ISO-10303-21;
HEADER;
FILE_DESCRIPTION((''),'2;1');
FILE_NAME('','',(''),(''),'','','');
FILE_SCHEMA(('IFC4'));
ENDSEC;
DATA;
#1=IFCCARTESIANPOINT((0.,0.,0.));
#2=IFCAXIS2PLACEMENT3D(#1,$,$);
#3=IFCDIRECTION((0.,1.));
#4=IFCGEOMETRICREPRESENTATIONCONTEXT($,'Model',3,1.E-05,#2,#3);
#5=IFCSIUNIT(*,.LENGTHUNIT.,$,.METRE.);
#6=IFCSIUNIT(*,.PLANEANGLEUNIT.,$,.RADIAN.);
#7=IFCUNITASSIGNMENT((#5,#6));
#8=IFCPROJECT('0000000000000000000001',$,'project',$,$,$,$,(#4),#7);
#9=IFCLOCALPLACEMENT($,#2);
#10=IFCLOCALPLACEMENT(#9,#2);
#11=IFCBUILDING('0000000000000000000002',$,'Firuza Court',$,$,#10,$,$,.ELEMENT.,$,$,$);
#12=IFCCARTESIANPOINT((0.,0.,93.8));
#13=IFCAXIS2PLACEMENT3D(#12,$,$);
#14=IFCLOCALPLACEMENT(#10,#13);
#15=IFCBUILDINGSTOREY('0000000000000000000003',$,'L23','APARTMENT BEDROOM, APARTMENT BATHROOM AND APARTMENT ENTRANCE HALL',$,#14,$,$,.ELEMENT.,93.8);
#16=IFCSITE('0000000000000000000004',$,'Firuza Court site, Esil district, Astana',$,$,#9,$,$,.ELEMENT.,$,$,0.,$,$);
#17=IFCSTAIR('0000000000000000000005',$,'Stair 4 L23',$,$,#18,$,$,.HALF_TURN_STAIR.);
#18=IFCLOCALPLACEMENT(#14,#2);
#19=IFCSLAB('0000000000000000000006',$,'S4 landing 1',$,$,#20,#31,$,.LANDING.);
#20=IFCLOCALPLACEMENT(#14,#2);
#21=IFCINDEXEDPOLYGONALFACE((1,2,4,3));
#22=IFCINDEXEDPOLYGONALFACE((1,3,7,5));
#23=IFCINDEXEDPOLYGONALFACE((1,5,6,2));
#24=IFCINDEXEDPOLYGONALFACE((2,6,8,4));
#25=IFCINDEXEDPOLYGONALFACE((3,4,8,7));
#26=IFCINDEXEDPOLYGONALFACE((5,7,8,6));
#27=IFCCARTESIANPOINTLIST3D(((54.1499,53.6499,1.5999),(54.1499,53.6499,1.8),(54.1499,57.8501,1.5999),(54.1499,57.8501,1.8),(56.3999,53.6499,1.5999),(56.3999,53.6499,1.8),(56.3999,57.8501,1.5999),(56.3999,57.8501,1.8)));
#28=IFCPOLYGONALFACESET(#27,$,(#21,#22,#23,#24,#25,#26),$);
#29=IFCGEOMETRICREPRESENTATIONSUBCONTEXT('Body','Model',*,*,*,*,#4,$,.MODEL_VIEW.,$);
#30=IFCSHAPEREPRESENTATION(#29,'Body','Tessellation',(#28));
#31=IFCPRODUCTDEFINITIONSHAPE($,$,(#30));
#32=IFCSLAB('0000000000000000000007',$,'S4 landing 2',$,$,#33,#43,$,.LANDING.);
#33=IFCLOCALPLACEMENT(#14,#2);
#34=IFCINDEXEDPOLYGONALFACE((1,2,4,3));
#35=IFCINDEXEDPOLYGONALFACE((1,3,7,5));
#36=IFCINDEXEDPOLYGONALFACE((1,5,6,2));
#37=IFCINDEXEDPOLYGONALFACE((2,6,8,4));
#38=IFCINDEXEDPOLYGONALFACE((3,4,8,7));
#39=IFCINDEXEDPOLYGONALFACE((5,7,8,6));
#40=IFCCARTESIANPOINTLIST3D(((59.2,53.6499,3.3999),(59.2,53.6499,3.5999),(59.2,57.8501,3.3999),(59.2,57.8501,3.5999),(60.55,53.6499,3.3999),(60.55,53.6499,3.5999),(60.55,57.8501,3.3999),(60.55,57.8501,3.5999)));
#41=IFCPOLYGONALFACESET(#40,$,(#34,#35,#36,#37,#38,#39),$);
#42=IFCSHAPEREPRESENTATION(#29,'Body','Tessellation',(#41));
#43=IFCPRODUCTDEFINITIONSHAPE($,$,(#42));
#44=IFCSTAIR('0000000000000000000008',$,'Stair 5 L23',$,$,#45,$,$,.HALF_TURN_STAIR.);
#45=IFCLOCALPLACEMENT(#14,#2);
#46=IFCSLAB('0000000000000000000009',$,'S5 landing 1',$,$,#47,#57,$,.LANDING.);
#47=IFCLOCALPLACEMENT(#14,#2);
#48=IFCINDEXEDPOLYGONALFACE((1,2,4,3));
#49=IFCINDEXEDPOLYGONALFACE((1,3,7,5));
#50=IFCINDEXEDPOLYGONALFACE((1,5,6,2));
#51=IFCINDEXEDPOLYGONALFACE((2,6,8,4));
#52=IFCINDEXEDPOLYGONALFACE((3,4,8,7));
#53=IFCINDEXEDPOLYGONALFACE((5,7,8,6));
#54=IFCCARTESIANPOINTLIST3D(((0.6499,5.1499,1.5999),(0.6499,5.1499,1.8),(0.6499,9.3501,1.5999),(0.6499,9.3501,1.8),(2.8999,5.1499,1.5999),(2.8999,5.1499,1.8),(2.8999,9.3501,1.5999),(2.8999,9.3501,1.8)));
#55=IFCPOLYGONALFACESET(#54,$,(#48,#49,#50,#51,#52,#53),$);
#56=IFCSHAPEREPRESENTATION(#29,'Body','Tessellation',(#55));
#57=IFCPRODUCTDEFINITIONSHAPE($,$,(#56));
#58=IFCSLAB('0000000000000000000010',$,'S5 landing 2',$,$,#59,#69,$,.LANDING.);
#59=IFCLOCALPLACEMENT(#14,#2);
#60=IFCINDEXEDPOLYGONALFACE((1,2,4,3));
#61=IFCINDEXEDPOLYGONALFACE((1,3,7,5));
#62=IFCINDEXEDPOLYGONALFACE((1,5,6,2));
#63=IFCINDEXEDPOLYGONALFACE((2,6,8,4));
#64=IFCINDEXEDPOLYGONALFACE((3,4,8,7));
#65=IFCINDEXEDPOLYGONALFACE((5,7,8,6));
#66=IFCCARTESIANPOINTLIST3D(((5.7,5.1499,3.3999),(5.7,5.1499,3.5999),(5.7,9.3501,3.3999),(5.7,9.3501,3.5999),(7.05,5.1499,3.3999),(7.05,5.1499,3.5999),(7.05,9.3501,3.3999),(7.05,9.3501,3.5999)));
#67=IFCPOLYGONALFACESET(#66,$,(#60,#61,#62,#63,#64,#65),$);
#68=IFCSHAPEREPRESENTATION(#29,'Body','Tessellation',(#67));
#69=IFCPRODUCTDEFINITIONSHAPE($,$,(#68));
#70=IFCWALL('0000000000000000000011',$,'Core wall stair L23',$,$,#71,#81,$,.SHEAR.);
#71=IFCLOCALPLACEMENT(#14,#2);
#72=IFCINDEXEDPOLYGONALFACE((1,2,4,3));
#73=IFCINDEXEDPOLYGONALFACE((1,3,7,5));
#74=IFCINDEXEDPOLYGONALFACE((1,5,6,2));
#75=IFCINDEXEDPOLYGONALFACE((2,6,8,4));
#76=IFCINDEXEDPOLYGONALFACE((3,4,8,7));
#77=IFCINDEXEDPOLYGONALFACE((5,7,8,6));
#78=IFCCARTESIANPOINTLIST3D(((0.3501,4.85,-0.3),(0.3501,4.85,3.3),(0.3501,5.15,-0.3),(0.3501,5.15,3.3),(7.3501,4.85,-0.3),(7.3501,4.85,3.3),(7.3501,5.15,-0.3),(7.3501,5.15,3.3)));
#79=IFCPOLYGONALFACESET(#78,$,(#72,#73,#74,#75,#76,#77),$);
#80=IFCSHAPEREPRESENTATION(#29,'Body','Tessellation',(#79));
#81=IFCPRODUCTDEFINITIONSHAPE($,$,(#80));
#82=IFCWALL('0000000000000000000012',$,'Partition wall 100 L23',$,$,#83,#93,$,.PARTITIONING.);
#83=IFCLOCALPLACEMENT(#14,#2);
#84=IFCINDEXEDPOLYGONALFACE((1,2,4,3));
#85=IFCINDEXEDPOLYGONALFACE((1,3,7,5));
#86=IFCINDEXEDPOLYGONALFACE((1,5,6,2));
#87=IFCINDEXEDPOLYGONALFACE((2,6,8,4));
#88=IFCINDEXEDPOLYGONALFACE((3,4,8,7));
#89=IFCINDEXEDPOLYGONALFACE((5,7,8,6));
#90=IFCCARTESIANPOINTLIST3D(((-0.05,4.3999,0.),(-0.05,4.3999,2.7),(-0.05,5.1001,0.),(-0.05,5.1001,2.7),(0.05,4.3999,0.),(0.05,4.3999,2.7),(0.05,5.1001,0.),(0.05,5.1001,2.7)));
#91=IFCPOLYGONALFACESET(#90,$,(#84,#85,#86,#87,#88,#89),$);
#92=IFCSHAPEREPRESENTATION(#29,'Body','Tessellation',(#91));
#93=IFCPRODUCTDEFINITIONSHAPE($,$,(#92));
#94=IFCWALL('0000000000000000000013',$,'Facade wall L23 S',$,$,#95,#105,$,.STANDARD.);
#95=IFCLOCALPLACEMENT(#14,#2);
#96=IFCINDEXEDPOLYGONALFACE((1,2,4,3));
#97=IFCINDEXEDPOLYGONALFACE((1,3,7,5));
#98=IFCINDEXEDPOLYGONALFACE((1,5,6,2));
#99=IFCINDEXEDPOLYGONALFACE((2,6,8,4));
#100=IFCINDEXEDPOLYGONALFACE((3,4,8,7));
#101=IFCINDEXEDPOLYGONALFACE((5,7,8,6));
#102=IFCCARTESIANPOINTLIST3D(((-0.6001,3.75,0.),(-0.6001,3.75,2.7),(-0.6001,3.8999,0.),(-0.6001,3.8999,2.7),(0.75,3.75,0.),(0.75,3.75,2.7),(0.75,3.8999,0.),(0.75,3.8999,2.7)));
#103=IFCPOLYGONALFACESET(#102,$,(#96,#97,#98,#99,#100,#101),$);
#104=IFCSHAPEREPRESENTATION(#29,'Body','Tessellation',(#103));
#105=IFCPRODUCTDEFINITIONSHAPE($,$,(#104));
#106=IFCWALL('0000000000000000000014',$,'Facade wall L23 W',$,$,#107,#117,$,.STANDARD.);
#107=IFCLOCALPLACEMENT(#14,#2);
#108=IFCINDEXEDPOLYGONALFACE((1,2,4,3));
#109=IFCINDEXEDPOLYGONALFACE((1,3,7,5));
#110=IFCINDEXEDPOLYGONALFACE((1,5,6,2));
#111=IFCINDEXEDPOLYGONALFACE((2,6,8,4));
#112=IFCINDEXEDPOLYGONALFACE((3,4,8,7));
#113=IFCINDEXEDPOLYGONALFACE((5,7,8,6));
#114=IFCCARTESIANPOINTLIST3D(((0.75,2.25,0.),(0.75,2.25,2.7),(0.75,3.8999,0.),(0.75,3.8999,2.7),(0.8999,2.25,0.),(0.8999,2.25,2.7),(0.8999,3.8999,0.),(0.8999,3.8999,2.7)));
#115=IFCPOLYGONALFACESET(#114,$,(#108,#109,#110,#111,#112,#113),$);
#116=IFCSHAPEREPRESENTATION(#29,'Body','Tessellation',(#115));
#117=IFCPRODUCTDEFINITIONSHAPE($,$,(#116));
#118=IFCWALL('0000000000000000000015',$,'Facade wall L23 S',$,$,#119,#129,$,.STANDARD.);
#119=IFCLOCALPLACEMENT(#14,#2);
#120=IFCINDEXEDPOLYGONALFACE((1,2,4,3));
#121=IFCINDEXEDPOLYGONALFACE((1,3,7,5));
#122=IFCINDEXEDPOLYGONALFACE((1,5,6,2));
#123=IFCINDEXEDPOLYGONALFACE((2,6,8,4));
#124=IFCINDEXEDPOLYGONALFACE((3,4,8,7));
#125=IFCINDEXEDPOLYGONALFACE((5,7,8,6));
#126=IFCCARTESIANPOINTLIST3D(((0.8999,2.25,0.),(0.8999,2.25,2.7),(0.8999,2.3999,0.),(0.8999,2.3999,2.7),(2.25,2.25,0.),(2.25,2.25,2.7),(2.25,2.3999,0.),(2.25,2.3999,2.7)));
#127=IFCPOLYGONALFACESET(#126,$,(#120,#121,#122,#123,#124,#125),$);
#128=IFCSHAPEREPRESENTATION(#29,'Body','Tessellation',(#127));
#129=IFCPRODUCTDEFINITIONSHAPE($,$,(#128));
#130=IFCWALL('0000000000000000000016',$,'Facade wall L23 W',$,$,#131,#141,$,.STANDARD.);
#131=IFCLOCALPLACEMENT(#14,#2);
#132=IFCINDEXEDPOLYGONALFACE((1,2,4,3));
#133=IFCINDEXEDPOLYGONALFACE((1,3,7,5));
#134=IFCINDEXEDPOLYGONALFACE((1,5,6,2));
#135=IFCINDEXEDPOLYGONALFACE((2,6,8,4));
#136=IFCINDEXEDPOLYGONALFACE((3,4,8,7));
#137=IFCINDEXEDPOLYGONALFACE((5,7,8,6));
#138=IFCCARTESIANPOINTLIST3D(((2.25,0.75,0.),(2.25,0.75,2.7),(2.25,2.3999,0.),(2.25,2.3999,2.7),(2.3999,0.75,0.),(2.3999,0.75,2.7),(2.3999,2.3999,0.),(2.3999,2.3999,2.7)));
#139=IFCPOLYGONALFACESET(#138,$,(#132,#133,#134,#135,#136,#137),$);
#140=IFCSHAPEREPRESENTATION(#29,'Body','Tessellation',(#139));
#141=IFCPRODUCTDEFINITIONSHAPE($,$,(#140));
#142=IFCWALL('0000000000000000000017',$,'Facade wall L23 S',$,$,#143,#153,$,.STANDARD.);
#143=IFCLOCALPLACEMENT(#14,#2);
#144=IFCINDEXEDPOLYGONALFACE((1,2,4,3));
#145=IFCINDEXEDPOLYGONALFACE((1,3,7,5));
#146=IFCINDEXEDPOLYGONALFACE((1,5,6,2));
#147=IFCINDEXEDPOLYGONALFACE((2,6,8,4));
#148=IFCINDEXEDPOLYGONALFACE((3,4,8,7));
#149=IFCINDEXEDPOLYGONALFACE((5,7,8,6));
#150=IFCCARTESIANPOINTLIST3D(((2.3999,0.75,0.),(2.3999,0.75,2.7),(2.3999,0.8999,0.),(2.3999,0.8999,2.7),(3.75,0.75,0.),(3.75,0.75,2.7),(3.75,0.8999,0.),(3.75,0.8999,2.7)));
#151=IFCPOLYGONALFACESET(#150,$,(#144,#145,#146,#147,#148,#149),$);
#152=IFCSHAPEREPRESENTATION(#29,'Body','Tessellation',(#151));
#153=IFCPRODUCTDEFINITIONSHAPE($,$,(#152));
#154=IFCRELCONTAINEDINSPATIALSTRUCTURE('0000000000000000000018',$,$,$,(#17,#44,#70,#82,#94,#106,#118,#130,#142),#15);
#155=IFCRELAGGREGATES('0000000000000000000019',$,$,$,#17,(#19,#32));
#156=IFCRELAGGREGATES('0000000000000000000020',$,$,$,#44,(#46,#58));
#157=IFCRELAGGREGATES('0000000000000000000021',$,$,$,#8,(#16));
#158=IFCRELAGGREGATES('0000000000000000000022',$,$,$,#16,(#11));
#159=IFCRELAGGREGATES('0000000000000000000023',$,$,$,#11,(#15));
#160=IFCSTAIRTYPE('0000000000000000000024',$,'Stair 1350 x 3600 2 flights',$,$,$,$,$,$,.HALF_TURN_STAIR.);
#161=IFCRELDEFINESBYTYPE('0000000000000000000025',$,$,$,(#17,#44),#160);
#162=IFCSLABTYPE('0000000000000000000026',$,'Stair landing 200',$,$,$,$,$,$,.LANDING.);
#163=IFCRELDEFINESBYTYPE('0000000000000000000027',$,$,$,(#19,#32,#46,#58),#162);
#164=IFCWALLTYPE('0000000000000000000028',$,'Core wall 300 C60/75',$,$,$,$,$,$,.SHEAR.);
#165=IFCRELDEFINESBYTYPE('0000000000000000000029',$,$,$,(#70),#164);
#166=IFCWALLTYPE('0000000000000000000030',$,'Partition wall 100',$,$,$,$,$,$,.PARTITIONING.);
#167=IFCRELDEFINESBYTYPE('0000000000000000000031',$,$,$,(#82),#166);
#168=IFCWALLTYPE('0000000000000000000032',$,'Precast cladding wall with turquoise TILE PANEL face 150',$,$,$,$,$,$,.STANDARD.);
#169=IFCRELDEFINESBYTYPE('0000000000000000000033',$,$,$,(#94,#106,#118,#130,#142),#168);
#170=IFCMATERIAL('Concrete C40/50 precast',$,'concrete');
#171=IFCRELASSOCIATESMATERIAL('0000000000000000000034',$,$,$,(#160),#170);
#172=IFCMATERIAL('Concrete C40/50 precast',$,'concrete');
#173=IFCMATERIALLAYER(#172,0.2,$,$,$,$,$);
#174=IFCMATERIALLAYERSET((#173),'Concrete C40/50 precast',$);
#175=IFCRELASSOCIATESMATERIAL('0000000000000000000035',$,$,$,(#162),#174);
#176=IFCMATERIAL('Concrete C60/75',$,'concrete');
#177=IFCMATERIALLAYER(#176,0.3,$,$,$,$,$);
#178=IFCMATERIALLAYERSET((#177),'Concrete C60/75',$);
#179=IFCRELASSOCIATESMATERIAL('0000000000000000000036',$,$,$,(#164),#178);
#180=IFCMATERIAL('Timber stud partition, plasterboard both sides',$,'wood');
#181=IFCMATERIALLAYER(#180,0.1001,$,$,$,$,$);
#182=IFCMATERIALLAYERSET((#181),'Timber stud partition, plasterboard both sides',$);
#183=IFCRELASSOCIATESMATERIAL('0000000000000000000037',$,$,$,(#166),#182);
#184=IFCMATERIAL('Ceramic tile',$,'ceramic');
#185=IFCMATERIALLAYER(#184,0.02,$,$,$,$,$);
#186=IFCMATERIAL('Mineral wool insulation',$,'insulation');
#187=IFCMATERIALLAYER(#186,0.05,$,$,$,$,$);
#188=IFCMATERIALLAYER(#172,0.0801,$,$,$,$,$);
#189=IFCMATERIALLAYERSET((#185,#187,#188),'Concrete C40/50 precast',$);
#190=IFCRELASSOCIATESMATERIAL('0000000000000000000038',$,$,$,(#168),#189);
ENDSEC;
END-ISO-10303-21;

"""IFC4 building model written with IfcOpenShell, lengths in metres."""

from ifc_helpers import new_model, si_unit, direction, frame, frame_2d, origin, place, context, subcontext, project, spatial, polyline, rectangle, outline, extrude, material, layer, layer_set, type_object, element, aggregate, save


model = new_model("IFC4")

# Units and contexts
model_context = context("Model", 3, precision=1e-05, world=origin(), true_north=direction((0.0, 1.0)))
body_context = subcontext(model_context, "Body", "Model", "MODEL_VIEW")
ifc_project = project(units=[si_unit("LENGTHUNIT", "METRE"), si_unit("PLANEANGLEUNIT", "RADIAN")], contexts=[model_context])

# Site, building, storey
site_placement = place(None, origin())
site = spatial("IfcSite", under=ifc_project, at=site_placement, Name="Firuza Court site, Esil district, Astana", CompositionType="ELEMENT", RefElevation=0.0)
building_placement = place(site_placement, origin())
building = spatial("IfcBuilding", under=site, at=building_placement, Name="Firuza Court", CompositionType="ELEMENT")
storey_placement = place(building_placement, frame((0.0, 0.0, 93.8)))
storey = spatial("IfcBuildingStorey", under=building, at=storey_placement, Name="L23", Description="APARTMENT BEDROOM, APARTMENT BATHROOM AND APARTMENT ENTRANCE HALL", CompositionType="ELEMENT", Elevation=93.8)

# Stairs, slabs
ifc_material_1 = material(Name="Concrete C40/50 precast", Category="concrete")
stair_type = type_object("IfcStairType", Name="Stair 1350 x 3600 2 flights", PredefinedType="HALF_TURN_STAIR", material=ifc_material_1)
ifc_material_2 = material(Name="Concrete C40/50 precast", Category="concrete")
ifc_layer_1 = layer(ifc_material_2, 0.2)
ifc_layer_set_1 = layer_set([ifc_layer_1], Name="Concrete C40/50 precast")
slab_type_1 = type_object("IfcSlabType", Name="Stair landing 200", PredefinedType="LANDING", material=ifc_layer_set_1)
stair_1_placement = place(storey_placement, origin())
stair_1 = element("IfcStair", 1, at=stair_1_placement, inside=storey, type_object=stair_type, Name="Stair 4 L23", PredefinedType="HALF_TURN_STAIR")
slab_1_placement = place(storey_placement, frame((0.0, 0.0, 1.5999)))
slab_1 = element("IfcSlab", 2, at=slab_1_placement, type_object=slab_type_1, Name="S4 landing 1", PredefinedType="LANDING", context=body_context, shape_type="SweptSolid", body=[
    extrude(outline(polyline([(56.3999, 53.6499), (56.3999, 57.8501), (54.1499, 57.8501), (54.1499, 53.6499), (56.3999, 53.6499)])), origin(), (0.0, 0.0, 1.0), 0.2002),
])
slab_2_placement = place(storey_placement, frame((0.0, 0.0, 3.3999)))
slab_2 = element("IfcSlab", 3, at=slab_2_placement, type_object=slab_type_1, Name="S4 landing 2", PredefinedType="LANDING", context=body_context, shape_type="SweptSolid", body=[
    extrude(outline(polyline([(60.55, 53.6499), (60.55, 57.8501), (59.2, 57.8501), (59.2, 53.6499), (60.55, 53.6499)])), origin(), (0.0, 0.0, 1.0), 0.2),
])
aggregate(stair_1, [slab_1, slab_2])
stair_2_placement = place(storey_placement, origin())
stair_2 = element("IfcStair", 4, at=stair_2_placement, inside=storey, type_object=stair_type, Name="Stair 5 L23", PredefinedType="HALF_TURN_STAIR")
slab_3_placement = place(storey_placement, frame((0.0, 0.0, 1.5999)))
slab_3 = element("IfcSlab", 5, at=slab_3_placement, type_object=slab_type_1, Name="S5 landing 1", PredefinedType="LANDING", context=body_context, shape_type="SweptSolid", body=[
    extrude(outline(polyline([(2.8999, 5.1499), (2.8999, 9.3501), (0.6499, 9.3501), (0.6499, 5.1499), (2.8999, 5.1499)])), origin(), (0.0, 0.0, 1.0), 0.2002),
])
slab_4_placement = place(storey_placement, frame((0.0, 0.0, 3.3999)))
slab_4 = element("IfcSlab", 6, at=slab_4_placement, type_object=slab_type_1, Name="S5 landing 2", PredefinedType="LANDING", context=body_context, shape_type="SweptSolid", body=[
    extrude(outline(polyline([(7.05, 5.1499), (7.05, 9.3501), (5.7, 9.3501), (5.7, 5.1499), (7.05, 5.1499)])), origin(), (0.0, 0.0, 1.0), 0.2),
])
aggregate(stair_2, [slab_3, slab_4])

# Walls
ifc_material_3 = material(Name="Concrete C60/75", Category="concrete")
ifc_layer_2 = layer(ifc_material_3, 0.3)
ifc_layer_set_2 = layer_set([ifc_layer_2], Name="Concrete C60/75")
wall_type_1 = type_object("IfcWallType", Name="Core wall 300 C60/75", PredefinedType="SHEAR", material=ifc_layer_set_2)
wall_1_placement = place(storey_placement, frame((0.3501, 5.0, -0.3), z_axis=(0.0, 0.0, 1.0), x_axis=(1.0, 0.0, 0.0)))
element("IfcWall", 7, at=wall_1_placement, inside=storey, type_object=wall_type_1, Name="Core wall stair L23", PredefinedType="SHEAR", context=body_context, shape_type="SweptSolid", body=[
    extrude(rectangle(XDim=7.0, YDim=0.3, at=frame_2d((3.5, 0.0))), origin(), (0.0, 0.0, 1.0), 3.6001),
])
ifc_material_4 = material(Name="Timber stud partition, plasterboard both sides", Category="wood")
ifc_layer_3 = layer(ifc_material_4, 0.1001)
ifc_layer_set_3 = layer_set([ifc_layer_3], Name="Timber stud partition, plasterboard both sides")
wall_type_2 = type_object("IfcWallType", Name="Partition wall 100", PredefinedType="PARTITIONING", material=ifc_layer_set_3)
wall_2_placement = place(storey_placement, frame((0.0, 4.3999, 0.0), z_axis=(0.0, 0.0, 1.0), x_axis=(0.0, 1.0, 0.0)))
element("IfcWall", 8, at=wall_2_placement, inside=storey, type_object=wall_type_2, Name="Partition wall 100 L23", PredefinedType="PARTITIONING", context=body_context, shape_type="SweptSolid", body=[
    extrude(rectangle(XDim=0.7002, YDim=0.1001, at=frame_2d((0.3501, 0.0))), origin(), (0.0, 0.0, 1.0), 2.7),
])
ifc_material_5 = material(Name="Ceramic tile", Category="ceramic")
ifc_layer_4 = layer(ifc_material_5, 0.02)
ifc_material_6 = material(Name="Mineral wool insulation", Category="insulation")
ifc_layer_5 = layer(ifc_material_6, 0.05)
ifc_layer_6 = layer(ifc_material_2, 0.0801)
ifc_layer_set_4 = layer_set([ifc_layer_4, ifc_layer_5, ifc_layer_6], Name="Concrete C40/50 precast")
wall_type_3 = type_object("IfcWallType", Name="Precast cladding wall with turquoise TILE PANEL face 150", PredefinedType="STANDARD", material=ifc_layer_set_4)
wall_3_placement = place(storey_placement, frame((-0.6001, 3.825, 0.0), z_axis=(0.0, 0.0, 1.0), x_axis=(1.0, 0.0, 0.0)))
element("IfcWall", 9, at=wall_3_placement, inside=storey, type_object=wall_type_3, Name="Facade wall L23 S", PredefinedType="STANDARD", context=body_context, shape_type="SweptSolid", body=[
    extrude(rectangle(XDim=1.3501, YDim=0.1499, at=frame_2d((0.675, 0.0))), origin(), (0.0, 0.0, 1.0), 2.7),
])
wall_4_placement = place(storey_placement, frame((0.825, 3.8999, 0.0), z_axis=(0.0, 0.0, 1.0), x_axis=(0.0, -1.0, 0.0)))
element("IfcWall", 10, at=wall_4_placement, inside=storey, type_object=wall_type_3, Name="Facade wall L23 W", PredefinedType="STANDARD", context=body_context, shape_type="SweptSolid", body=[
    extrude(rectangle(XDim=1.6499, YDim=0.1499, at=frame_2d((0.825, 0.0))), origin(), (0.0, 0.0, 1.0), 2.7),
])
wall_5_placement = place(storey_placement, frame((0.8999, 2.325, 0.0), z_axis=(0.0, 0.0, 1.0), x_axis=(1.0, 0.0, 0.0)))
element("IfcWall", 11, at=wall_5_placement, inside=storey, type_object=wall_type_3, Name="Facade wall L23 S", PredefinedType="STANDARD", context=body_context, shape_type="SweptSolid", body=[
    extrude(rectangle(XDim=1.3501, YDim=0.1499, at=frame_2d((0.675, 0.0))), origin(), (0.0, 0.0, 1.0), 2.7),
])
wall_6_placement = place(storey_placement, frame((2.325, 2.3999, 0.0), z_axis=(0.0, 0.0, 1.0), x_axis=(0.0, -1.0, 0.0)))
element("IfcWall", 12, at=wall_6_placement, inside=storey, type_object=wall_type_3, Name="Facade wall L23 W", PredefinedType="STANDARD", context=body_context, shape_type="SweptSolid", body=[
    extrude(rectangle(XDim=1.6499, YDim=0.1499, at=frame_2d((0.825, 0.0))), origin(), (0.0, 0.0, 1.0), 2.7),
])
wall_7_placement = place(storey_placement, frame((2.3999, 0.825, 0.0), z_axis=(0.0, 0.0, 1.0), x_axis=(1.0, 0.0, 0.0)))
element("IfcWall", 13, at=wall_7_placement, inside=storey, type_object=wall_type_3, Name="Facade wall L23 S", PredefinedType="STANDARD", context=body_context, shape_type="SweptSolid", body=[
    extrude(rectangle(XDim=1.3501, YDim=0.1499, at=frame_2d((0.675, 0.0))), origin(), (0.0, 0.0, 1.0), 2.7),
])

save(model, "model.ifc")
